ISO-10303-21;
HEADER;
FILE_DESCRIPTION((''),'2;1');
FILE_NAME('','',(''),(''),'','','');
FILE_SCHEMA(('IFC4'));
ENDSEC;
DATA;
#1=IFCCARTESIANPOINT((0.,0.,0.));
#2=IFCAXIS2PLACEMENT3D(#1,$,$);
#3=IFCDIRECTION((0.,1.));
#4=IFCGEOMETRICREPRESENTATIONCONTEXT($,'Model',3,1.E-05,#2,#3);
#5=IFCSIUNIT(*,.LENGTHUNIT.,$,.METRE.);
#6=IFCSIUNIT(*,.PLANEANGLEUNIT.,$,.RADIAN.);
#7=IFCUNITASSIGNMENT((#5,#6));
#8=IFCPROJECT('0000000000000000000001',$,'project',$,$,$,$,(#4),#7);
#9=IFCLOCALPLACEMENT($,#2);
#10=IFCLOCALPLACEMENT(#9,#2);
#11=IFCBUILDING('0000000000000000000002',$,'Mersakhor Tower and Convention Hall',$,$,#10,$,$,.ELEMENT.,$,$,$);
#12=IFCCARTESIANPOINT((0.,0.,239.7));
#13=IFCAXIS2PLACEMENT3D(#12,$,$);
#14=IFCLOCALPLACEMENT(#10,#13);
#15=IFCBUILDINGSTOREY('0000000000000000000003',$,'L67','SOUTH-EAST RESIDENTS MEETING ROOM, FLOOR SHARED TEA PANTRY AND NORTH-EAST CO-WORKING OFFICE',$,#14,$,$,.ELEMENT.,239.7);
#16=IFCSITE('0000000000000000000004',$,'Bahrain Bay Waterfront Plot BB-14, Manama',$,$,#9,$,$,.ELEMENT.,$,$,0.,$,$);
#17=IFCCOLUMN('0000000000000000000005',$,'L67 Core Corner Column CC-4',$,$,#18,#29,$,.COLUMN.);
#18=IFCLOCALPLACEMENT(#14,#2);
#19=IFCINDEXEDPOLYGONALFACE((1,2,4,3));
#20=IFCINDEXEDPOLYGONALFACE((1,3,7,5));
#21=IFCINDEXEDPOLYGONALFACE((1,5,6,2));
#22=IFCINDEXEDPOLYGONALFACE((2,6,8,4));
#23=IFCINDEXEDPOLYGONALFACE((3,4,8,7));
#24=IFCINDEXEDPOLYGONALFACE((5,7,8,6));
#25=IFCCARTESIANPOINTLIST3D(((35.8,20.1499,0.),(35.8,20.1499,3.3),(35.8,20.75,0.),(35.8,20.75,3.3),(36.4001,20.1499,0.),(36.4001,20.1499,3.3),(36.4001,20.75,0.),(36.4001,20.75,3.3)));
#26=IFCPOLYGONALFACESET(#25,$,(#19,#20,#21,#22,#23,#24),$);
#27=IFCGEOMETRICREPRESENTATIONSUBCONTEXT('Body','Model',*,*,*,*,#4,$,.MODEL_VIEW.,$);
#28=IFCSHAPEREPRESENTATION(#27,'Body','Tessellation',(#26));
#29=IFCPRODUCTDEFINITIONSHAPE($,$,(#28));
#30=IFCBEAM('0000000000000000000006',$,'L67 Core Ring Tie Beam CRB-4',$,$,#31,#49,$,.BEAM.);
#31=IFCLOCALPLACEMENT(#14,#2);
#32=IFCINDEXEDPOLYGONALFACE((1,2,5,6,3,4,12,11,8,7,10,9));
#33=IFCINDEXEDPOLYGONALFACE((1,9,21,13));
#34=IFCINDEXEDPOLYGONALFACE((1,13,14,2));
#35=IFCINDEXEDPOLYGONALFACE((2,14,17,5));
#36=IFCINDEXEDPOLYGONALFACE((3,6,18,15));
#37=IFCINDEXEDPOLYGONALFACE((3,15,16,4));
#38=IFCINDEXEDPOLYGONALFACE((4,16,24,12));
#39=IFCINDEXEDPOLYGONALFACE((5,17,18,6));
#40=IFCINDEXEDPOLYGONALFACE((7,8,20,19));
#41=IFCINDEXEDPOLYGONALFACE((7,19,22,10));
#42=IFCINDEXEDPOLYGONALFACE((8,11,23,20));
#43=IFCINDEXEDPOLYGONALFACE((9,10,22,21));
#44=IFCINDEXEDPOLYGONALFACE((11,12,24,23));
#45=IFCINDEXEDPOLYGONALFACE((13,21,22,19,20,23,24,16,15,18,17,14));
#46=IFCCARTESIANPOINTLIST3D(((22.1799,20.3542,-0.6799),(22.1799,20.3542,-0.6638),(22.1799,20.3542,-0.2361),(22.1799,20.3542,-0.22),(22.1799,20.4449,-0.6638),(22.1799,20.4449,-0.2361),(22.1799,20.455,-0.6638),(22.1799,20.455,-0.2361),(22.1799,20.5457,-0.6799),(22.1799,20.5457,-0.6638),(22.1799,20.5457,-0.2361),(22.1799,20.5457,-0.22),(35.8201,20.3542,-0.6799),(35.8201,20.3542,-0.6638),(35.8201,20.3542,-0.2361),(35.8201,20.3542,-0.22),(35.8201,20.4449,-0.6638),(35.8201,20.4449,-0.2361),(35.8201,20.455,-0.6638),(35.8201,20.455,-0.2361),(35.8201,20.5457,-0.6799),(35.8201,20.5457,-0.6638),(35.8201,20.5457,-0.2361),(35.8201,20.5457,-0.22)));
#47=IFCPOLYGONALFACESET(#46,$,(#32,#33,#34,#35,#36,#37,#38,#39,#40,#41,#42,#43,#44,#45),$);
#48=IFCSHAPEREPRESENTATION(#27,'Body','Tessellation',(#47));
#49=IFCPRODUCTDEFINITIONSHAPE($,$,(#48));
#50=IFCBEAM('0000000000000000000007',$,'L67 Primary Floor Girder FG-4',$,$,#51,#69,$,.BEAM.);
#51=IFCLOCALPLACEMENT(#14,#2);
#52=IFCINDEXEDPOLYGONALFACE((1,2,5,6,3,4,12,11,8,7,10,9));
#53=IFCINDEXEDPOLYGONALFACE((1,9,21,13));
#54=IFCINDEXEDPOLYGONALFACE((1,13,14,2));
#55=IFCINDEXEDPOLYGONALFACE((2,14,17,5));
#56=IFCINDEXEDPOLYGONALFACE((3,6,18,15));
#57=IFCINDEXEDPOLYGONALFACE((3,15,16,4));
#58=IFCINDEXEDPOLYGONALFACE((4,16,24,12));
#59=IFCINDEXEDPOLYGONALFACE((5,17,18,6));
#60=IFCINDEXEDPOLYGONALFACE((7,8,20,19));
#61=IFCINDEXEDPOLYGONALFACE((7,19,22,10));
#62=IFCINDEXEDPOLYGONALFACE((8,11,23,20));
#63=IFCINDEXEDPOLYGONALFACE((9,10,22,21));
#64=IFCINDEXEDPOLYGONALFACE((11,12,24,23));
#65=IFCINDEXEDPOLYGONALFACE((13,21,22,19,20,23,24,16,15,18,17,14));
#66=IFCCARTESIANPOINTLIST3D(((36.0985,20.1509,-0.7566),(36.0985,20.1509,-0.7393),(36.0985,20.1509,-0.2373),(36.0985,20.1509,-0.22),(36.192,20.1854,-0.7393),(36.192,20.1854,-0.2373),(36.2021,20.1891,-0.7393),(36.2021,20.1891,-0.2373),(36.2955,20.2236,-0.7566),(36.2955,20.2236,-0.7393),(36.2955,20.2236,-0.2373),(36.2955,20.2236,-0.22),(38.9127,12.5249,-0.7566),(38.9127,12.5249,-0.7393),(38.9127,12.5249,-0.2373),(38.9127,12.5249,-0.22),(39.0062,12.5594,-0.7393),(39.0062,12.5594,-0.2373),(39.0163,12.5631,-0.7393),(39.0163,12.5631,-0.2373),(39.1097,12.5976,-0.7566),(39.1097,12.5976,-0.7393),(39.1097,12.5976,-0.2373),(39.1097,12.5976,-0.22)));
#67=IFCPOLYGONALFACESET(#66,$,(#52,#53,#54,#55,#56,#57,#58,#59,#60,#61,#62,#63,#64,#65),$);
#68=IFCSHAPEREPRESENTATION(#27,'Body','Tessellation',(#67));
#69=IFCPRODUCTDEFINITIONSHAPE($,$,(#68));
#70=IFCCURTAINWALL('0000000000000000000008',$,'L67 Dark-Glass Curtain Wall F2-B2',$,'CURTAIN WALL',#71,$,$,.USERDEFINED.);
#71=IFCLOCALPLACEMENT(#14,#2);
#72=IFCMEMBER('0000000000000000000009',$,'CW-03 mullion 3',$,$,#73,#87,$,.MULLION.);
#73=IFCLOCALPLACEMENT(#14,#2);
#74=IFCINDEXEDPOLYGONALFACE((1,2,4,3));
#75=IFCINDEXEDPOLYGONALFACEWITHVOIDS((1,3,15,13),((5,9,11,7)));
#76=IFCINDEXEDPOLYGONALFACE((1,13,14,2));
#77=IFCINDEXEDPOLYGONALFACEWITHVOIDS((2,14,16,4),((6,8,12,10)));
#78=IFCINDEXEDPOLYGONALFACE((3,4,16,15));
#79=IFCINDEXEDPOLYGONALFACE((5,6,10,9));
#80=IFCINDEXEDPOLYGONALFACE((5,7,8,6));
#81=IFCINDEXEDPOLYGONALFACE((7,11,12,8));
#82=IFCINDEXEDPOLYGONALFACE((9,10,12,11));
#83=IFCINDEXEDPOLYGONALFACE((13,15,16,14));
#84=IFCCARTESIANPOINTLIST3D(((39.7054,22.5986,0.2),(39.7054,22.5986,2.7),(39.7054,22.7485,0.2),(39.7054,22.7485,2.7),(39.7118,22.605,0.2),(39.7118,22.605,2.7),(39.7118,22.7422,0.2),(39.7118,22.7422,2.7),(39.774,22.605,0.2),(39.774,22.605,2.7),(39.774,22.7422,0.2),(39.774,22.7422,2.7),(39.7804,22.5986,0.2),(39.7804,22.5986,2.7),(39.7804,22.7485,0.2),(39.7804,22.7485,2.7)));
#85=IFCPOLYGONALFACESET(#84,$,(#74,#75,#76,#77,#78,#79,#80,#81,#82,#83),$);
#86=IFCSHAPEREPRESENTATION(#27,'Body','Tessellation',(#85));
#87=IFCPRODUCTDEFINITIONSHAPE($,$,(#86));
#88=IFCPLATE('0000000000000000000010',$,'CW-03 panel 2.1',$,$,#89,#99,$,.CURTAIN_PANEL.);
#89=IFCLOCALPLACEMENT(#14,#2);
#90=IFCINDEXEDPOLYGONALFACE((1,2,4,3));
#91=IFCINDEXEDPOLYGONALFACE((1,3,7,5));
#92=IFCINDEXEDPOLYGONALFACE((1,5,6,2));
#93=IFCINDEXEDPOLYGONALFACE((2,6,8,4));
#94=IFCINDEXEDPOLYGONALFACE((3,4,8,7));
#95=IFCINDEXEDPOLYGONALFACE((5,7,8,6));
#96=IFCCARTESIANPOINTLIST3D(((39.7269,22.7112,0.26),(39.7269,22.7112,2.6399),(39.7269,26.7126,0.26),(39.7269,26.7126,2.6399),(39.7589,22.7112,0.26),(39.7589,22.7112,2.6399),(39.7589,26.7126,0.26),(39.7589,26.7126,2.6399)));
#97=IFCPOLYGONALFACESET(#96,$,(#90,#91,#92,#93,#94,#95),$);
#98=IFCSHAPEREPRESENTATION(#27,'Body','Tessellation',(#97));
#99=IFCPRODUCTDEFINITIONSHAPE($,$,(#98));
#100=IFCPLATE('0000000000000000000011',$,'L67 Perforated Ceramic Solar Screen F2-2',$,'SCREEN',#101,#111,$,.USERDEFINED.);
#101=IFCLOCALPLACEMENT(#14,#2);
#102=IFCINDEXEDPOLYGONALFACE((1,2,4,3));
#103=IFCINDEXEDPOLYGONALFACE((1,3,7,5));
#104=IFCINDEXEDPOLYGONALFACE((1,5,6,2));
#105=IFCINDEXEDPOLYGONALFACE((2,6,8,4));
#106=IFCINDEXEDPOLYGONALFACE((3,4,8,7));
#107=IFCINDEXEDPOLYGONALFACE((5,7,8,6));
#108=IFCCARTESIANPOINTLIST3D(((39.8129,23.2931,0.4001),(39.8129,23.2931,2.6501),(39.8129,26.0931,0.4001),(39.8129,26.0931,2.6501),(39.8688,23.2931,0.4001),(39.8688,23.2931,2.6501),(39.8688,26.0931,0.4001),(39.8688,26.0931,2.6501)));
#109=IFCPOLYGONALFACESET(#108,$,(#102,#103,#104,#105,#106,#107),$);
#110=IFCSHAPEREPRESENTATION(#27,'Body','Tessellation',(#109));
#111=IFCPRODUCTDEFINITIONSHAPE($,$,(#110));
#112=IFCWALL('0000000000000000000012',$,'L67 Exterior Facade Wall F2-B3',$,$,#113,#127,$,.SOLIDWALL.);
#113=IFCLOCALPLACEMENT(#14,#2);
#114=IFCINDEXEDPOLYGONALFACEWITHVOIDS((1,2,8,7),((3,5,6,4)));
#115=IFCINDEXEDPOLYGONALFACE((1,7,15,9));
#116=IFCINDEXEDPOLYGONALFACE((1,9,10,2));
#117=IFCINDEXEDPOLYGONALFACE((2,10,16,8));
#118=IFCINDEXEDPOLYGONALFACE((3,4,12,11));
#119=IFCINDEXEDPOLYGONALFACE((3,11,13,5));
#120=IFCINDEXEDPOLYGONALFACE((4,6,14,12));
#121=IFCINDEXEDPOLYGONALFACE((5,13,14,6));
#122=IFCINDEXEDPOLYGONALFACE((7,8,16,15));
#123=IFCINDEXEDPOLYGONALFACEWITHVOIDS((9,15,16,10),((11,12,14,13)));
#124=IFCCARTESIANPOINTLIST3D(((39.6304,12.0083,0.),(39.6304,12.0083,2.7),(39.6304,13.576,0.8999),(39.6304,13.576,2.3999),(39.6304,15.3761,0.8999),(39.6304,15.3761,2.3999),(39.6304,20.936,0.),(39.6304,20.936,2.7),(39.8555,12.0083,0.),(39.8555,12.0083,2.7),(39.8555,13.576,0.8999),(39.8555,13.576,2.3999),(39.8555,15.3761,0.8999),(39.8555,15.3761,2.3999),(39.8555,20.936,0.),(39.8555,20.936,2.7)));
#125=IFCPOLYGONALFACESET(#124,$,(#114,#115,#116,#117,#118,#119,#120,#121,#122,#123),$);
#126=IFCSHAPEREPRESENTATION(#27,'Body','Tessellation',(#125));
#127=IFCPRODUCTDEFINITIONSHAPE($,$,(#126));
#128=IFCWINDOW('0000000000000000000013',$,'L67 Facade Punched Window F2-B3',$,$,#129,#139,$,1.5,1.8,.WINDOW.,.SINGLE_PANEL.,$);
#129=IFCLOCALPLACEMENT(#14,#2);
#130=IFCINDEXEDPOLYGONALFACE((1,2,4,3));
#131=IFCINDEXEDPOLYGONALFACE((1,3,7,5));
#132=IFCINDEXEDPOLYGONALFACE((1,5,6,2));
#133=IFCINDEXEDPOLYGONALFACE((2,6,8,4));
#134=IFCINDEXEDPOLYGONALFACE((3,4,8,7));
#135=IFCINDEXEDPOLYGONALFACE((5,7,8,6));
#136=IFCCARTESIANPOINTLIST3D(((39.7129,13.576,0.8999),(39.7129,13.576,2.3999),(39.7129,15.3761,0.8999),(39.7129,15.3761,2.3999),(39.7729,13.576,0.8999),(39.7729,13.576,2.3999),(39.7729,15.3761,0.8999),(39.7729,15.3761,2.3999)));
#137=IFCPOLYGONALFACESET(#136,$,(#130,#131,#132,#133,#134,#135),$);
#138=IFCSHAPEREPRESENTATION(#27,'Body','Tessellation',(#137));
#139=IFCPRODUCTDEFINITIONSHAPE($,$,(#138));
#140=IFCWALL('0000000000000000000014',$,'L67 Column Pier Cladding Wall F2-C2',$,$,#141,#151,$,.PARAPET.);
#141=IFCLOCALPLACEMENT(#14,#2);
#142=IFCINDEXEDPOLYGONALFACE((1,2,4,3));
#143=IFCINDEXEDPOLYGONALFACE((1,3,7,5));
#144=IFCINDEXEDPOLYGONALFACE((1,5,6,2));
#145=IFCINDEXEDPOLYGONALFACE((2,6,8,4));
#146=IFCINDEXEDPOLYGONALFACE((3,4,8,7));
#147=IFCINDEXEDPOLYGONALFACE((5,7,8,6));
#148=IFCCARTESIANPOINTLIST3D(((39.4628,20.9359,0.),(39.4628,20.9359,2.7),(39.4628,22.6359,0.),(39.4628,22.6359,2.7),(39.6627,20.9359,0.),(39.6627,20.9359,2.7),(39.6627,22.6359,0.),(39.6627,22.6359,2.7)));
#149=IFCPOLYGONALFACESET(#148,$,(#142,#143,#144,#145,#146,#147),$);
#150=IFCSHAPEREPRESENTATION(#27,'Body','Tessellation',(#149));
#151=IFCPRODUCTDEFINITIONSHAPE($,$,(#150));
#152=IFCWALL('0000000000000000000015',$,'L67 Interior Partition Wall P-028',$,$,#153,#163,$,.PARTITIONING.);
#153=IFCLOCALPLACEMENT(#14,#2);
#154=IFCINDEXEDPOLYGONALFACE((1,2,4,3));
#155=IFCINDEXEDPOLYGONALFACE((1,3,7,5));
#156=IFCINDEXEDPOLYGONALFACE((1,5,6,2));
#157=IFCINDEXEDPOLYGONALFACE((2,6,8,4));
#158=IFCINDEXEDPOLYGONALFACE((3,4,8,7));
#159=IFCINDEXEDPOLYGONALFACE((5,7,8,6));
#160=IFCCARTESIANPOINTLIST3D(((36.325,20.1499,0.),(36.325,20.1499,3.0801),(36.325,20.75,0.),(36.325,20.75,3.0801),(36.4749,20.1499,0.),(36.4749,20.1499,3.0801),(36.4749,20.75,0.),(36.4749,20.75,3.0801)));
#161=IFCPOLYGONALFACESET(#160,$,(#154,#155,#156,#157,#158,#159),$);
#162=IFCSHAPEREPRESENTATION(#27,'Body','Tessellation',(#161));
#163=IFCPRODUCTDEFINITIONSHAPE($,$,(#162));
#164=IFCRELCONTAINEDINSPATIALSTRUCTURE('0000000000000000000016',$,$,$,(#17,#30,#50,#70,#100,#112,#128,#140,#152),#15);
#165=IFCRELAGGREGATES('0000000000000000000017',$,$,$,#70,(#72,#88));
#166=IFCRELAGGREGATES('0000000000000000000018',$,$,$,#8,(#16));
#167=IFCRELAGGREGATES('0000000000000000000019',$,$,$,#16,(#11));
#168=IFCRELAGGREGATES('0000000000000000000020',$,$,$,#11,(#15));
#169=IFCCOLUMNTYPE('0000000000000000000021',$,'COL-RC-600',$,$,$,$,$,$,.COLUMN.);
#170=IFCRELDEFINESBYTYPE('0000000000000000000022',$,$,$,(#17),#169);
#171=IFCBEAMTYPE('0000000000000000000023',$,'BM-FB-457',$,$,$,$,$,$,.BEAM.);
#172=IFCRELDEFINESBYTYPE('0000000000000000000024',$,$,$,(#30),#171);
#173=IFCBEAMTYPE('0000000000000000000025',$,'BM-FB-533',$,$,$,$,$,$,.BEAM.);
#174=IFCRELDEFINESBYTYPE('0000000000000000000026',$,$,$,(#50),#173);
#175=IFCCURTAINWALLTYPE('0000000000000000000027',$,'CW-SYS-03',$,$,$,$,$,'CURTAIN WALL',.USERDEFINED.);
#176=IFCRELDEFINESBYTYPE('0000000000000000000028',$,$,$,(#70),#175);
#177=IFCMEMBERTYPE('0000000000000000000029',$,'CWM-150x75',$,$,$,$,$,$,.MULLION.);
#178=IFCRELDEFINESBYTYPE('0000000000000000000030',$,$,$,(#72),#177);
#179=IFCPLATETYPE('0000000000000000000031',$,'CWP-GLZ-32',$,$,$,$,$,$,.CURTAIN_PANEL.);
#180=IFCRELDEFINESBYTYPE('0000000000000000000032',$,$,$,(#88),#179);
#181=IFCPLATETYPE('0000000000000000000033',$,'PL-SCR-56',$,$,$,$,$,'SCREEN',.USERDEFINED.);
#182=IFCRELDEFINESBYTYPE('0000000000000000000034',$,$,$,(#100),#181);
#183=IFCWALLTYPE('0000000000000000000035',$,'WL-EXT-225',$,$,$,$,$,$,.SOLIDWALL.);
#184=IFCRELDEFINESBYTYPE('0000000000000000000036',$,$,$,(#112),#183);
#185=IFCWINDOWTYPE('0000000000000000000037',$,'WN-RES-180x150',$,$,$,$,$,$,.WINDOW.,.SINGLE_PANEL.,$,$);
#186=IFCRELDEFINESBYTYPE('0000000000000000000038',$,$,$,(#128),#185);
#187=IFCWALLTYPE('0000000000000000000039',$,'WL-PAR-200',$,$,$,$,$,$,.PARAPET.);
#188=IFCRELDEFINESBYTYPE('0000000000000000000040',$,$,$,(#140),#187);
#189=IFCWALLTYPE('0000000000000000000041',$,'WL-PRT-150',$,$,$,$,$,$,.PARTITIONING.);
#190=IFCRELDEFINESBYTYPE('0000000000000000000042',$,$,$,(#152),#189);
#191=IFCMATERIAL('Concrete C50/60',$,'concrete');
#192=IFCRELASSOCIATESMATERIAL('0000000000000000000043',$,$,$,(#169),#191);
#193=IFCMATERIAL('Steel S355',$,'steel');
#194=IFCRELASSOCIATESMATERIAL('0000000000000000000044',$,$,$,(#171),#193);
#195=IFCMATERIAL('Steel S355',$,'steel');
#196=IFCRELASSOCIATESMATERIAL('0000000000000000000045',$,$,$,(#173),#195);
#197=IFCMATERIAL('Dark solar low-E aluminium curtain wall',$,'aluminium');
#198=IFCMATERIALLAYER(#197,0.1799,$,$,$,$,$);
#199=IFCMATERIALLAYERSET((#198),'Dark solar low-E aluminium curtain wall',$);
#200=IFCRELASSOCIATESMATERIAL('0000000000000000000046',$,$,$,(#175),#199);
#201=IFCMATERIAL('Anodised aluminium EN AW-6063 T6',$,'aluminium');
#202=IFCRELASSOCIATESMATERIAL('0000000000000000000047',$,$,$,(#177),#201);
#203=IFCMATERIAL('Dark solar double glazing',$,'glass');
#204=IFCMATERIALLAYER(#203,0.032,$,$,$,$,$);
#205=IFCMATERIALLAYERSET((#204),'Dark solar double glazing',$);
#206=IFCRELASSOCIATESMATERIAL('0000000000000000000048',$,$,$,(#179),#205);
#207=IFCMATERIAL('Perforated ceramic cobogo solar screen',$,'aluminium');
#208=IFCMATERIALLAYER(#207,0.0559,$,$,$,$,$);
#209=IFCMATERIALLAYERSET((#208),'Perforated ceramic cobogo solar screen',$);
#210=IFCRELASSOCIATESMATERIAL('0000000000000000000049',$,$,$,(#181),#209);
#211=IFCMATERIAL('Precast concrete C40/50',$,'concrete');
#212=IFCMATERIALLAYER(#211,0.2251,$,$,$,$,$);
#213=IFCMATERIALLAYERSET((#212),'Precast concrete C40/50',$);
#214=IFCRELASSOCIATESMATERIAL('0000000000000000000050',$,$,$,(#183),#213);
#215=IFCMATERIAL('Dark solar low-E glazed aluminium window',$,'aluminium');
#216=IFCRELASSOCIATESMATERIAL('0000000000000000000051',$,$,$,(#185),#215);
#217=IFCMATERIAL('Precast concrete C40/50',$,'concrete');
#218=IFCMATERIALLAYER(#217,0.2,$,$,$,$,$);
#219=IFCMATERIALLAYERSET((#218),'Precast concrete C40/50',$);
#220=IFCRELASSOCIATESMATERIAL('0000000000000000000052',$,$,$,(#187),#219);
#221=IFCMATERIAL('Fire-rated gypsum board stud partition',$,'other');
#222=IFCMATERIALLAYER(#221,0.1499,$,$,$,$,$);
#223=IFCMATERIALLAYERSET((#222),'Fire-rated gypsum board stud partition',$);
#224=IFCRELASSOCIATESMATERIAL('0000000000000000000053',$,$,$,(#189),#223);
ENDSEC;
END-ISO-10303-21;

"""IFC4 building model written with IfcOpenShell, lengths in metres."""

from ifc_helpers import new_model, si_unit, direction, frame, frame_2d, origin, origin_2d, place, context, subcontext, project, spatial, rectangle, hollow_rectangle, i_section, extrude, material, layer, layer_set, material_profile, profile_set, type_object, element, fill, aggregate, save


model = new_model("IFC4")

# Units and contexts
model_context = context("Model", 3, precision=1e-05, world=origin(), true_north=direction((0.0, 1.0)))
body_context = subcontext(model_context, "Body", "Model", "MODEL_VIEW")
ifc_project = project(units=[si_unit("LENGTHUNIT", "METRE"), si_unit("PLANEANGLEUNIT", "RADIAN")], contexts=[model_context])

# Site, building, storey
site_placement = place(None, origin())
site = spatial("IfcSite", under=ifc_project, at=site_placement, Name="Bahrain Bay Waterfront Plot BB-14, Manama", CompositionType="ELEMENT", RefElevation=0.0)
building_placement = place(site_placement, origin())
building = spatial("IfcBuilding", under=site, at=building_placement, Name="Mersakhor Tower and Convention Hall", CompositionType="ELEMENT")
storey_placement = place(building_placement, frame((0.0, 0.0, 239.7)))
storey = spatial("IfcBuildingStorey", under=building, at=storey_placement, Name="L67", Description="SOUTH-EAST RESIDENTS MEETING ROOM, FLOOR SHARED TEA PANTRY AND NORTH-EAST CO-WORKING OFFICE", CompositionType="ELEMENT", Elevation=239.7)

# Column
ifc_material_1 = material(Name="Concrete C50/60", Category="concrete")
ifc_material_profile_1 = material_profile(ifc_material_1, rectangle(XDim=0.6001, YDim=0.6001, at=origin_2d()), Name="RC 600x600")
ifc_profile_set_1 = profile_set([ifc_material_profile_1], Name="Concrete C50/60")
column_type = type_object("IfcColumnType", Name="COL-RC-600", PredefinedType="COLUMN", material=ifc_profile_set_1)
column_placement = place(storey_placement, frame((36.1001, 20.45, 0.0), z_axis=(0.0, 0.0, 1.0), x_axis=(1.0, 0.0, 0.0)))
element("IfcColumn", 1, at=column_placement, inside=storey, type_object=column_type, Name="L67 Core Corner Column CC-4", PredefinedType="COLUMN", context=body_context, shape_type="SweptSolid", body=[
    extrude(rectangle(XDim=0.6001, YDim=0.6001, at=origin_2d()), origin(), (0.0, 0.0, 1.0), 3.3),
])

# Beams
ifc_material_2 = material(Name="Steel S355", Category="steel")
ifc_material_profile_2 = material_profile(ifc_material_2, i_section(OverallWidth=0.1914, OverallDepth=0.46, WebThickness=0.01, FlangeThickness=0.0161, at=origin_2d()), Name="UB 457x191x82")
ifc_profile_set_2 = profile_set([ifc_material_profile_2], Name="Steel S355")
beam_type_1 = type_object("IfcBeamType", Name="BM-FB-457", PredefinedType="BEAM", material=ifc_profile_set_2)
beam_1_placement = place(storey_placement, frame((35.8201, 20.45, -0.45), z_axis=(-1.0, 0.0, 0.0), x_axis=(0.0, -1.0, 0.0)))
element("IfcBeam", 2, at=beam_1_placement, inside=storey, type_object=beam_type_1, Name="L67 Core Ring Tie Beam CRB-4", PredefinedType="BEAM", context=body_context, shape_type="SweptSolid", body=[
    extrude(i_section(OverallWidth=0.1914, OverallDepth=0.46, WebThickness=0.01, FlangeThickness=0.0161, at=origin_2d()), origin(), (0.0, 0.0, 1.0), 13.6401),
])
ifc_material_3 = material(Name="Steel S355", Category="steel")
ifc_material_profile_3 = material_profile(ifc_material_3, i_section(OverallWidth=0.21, OverallDepth=0.5366, WebThickness=0.0107, FlangeThickness=0.0173, at=origin_2d()), Name="UB 533x210x101")
ifc_profile_set_3 = profile_set([ifc_material_profile_3], Name="Steel S355")
beam_type_2 = type_object("IfcBeamType", Name="BM-FB-533", PredefinedType="BEAM", material=ifc_profile_set_3)
beam_2_placement = place(storey_placement, frame((36.197, 20.1873, -0.4883), z_axis=(0.346208, -0.938158, 0.0), x_axis=(0.938158, 0.346208, 0.0)))
element("IfcBeam", 3, at=beam_2_placement, inside=storey, type_object=beam_type_2, Name="L67 Primary Floor Girder FG-4", PredefinedType="BEAM", context=body_context, shape_type="SweptSolid", body=[
    extrude(i_section(OverallWidth=0.21, OverallDepth=0.5366, WebThickness=0.0107, FlangeThickness=0.0173, at=origin_2d()), origin(), (0.0, 0.0, 1.0), 8.1287),
])

# Curtain wall, member, plate
ifc_material_4 = material(Name="Dark solar low-E aluminium curtain wall", Category="aluminium")
ifc_layer_1 = layer(ifc_material_4, 0.1799)
ifc_layer_set_1 = layer_set([ifc_layer_1], Name="Dark solar low-E aluminium curtain wall")
curtain_wall_type = type_object("IfcCurtainWallType", Name="CW-SYS-03", ElementType="CURTAIN WALL", PredefinedType="USERDEFINED", material=ifc_layer_set_1)
curtain_wall_placement = place(storey_placement, origin())
curtain_wall = element("IfcCurtainWall", 4, at=curtain_wall_placement, inside=storey, type_object=curtain_wall_type, Name="L67 Dark-Glass Curtain Wall F2-B2", ObjectType="CURTAIN WALL", PredefinedType="USERDEFINED")
ifc_material_5 = material(Name="Anodised aluminium EN AW-6063 T6", Category="aluminium")
ifc_material_profile_4 = material_profile(ifc_material_5, hollow_rectangle(XDim=0.075, YDim=0.1499, WallThickness=0.0063, at=origin_2d()), Name="RHS 150x75x6.3")
ifc_profile_set_4 = profile_set([ifc_material_profile_4], Name="Anodised aluminium EN AW-6063 T6")
member_type = type_object("IfcMemberType", Name="CWM-150x75", PredefinedType="MULLION", material=ifc_profile_set_4)
member_placement = place(storey_placement, frame((39.7429, 22.6736, 0.2), z_axis=(0.0, 0.0, 1.0), x_axis=(1.0, 0.0, 0.0)))
member = element("IfcMember", 5, at=member_placement, type_object=member_type, Name="CW-03 mullion 3", PredefinedType="MULLION", context=body_context, shape_type="SweptSolid", body=[
    extrude(hollow_rectangle(XDim=0.075, YDim=0.1499, WallThickness=0.0063, at=origin_2d()), origin(), (0.0, 0.0, 1.0), 2.5),
])
ifc_material_6 = material(Name="Dark solar double glazing", Category="glass")
ifc_layer_2 = layer(ifc_material_6, 0.032)
ifc_layer_set_2 = layer_set([ifc_layer_2], Name="Dark solar double glazing")
plate_type_1 = type_object("IfcPlateType", Name="CWP-GLZ-32", PredefinedType="CURTAIN_PANEL", material=ifc_layer_set_2)
plate_1_placement = place(storey_placement, frame((39.7429, 24.7119, 0.26), z_axis=(0.0, 0.0, 1.0), x_axis=(0.0, -1.0, 0.0)))
plate_1 = element("IfcPlate", 6, at=plate_1_placement, type_object=plate_type_1, Name="CW-03 panel 2.1", PredefinedType="CURTAIN_PANEL", context=body_context, shape_type="SweptSolid", body=[
    extrude(rectangle(XDim=4.0015, YDim=0.032, at=origin_2d()), origin(), (0.0, 0.0, 1.0), 2.3799),
])
aggregate(curtain_wall, [member, plate_1])

# Plate
ifc_material_7 = material(Name="Perforated ceramic cobogo solar screen", Category="aluminium")
ifc_layer_3 = layer(ifc_material_7, 0.0559)
ifc_layer_set_3 = layer_set([ifc_layer_3], Name="Perforated ceramic cobogo solar screen")
plate_type_2 = type_object("IfcPlateType", Name="PL-SCR-56", ElementType="SCREEN", PredefinedType="USERDEFINED", material=ifc_layer_set_3)
plate_2_placement = place(storey_placement, frame((39.8408, 24.6931, 0.4001), z_axis=(0.0, 0.0, 1.0), x_axis=(0.0, -1.0, 0.0)))
element("IfcPlate", 7, at=plate_2_placement, inside=storey, type_object=plate_type_2, Name="L67 Perforated Ceramic Solar Screen F2-2", ObjectType="SCREEN", PredefinedType="USERDEFINED", context=body_context, shape_type="SweptSolid", body=[
    extrude(rectangle(XDim=2.8, YDim=0.0559, at=origin_2d()), origin(), (0.0, 0.0, 1.0), 2.25),
])

# Wall, opening, window
ifc_material_8 = material(Name="Precast concrete C40/50", Category="concrete")
ifc_layer_4 = layer(ifc_material_8, 0.2251)
ifc_layer_set_4 = layer_set([ifc_layer_4], Name="Precast concrete C40/50")
wall_type_1 = type_object("IfcWallType", Name="WL-EXT-225", PredefinedType="SOLIDWALL", material=ifc_layer_set_4)
wall_1_placement = place(storey_placement, frame((39.7429, 20.936, 0.0), z_axis=(0.0, 0.0, 1.0), x_axis=(0.0, -1.0, 0.0)))
wall_1 = element("IfcWall", 8, at=wall_1_placement, inside=storey, type_object=wall_type_1, Name="L67 Exterior Facade Wall F2-B3", PredefinedType="SOLIDWALL", context=body_context, shape_type="SweptSolid", body=[
    extrude(rectangle(XDim=8.9277, YDim=0.2251, at=frame_2d((4.4639, 0.0))), origin(), (0.0, 0.0, 1.0), 2.7),
])
opening_1_placement = place(wall_1_placement, frame((5.5601, 0.0, 0.8999)))
opening_1 = element("IfcOpeningElement", 9, at=opening_1_placement, cuts=wall_1, PredefinedType="OPENING", context=body_context, shape_type="SweptSolid", body=[
    extrude(rectangle(XDim=1.8, YDim=1.5, at=frame_2d((0.8999, 0.75))), frame((0.0, 0.1226, 0.0), z_axis=(0.0, -1.0, 0.0), x_axis=(1.0, 0.0, 0.0)), (0.0, 0.0, 1.0), 0.2451),
])
ifc_material_9 = material(Name="Dark solar low-E glazed aluminium window", Category="aluminium")
window_type = type_object("IfcWindowType", Name="WN-RES-180x150", PartitioningType="SINGLE_PANEL", PredefinedType="WINDOW", material=ifc_material_9)
window_placement = place(opening_1_placement, origin())
window = element("IfcWindow", 10, at=window_placement, inside=storey, type_object=window_type, Name="L67 Facade Punched Window F2-B3", OverallHeight=1.5, OverallWidth=1.8, PartitioningType="SINGLE_PANEL", PredefinedType="WINDOW", context=body_context, shape_type="SweptSolid", body=[
    extrude(rectangle(XDim=1.8, YDim=1.5, at=frame_2d((0.8999, 0.75))), frame((0.0, 0.03, 0.0), z_axis=(0.0, -1.0, 0.0), x_axis=(1.0, 0.0, 0.0)), (0.0, 0.0, 1.0), 0.0601),
])
fill(opening_1, window)

# Walls
ifc_material_10 = material(Name="Precast concrete C40/50", Category="concrete")
ifc_layer_5 = layer(ifc_material_10, 0.2)
ifc_layer_set_5 = layer_set([ifc_layer_5], Name="Precast concrete C40/50")
wall_type_2 = type_object("IfcWallType", Name="WL-PAR-200", PredefinedType="PARAPET", material=ifc_layer_set_5)
wall_2_placement = place(storey_placement, frame((39.5627, 22.636, 0.0), z_axis=(0.0, 0.0, 1.0), x_axis=(0.0, -1.0, 0.0)))
element("IfcWall", 11, at=wall_2_placement, inside=storey, type_object=wall_type_2, Name="L67 Column Pier Cladding Wall F2-C2", PredefinedType="PARAPET", context=body_context, shape_type="SweptSolid", body=[
    extrude(rectangle(XDim=1.7, YDim=0.2, at=frame_2d((0.8501, 0.0))), origin(), (0.0, 0.0, 1.0), 2.7),
])
ifc_material_11 = material(Name="Fire-rated gypsum board stud partition", Category="other")
ifc_layer_6 = layer(ifc_material_11, 0.1499)
ifc_layer_set_6 = layer_set([ifc_layer_6], Name="Fire-rated gypsum board stud partition")
wall_type_3 = type_object("IfcWallType", Name="WL-PRT-150", PredefinedType="PARTITIONING", material=ifc_layer_set_6)
wall_3_placement = place(storey_placement, frame((36.3999, 20.1499, 0.0), z_axis=(0.0, 0.0, 1.0), x_axis=(0.0, 1.0, 0.0)))
element("IfcWall", 12, at=wall_3_placement, inside=storey, type_object=wall_type_3, Name="L67 Interior Partition Wall P-028", PredefinedType="PARTITIONING", context=body_context, shape_type="SweptSolid", body=[
    extrude(rectangle(XDim=0.6001, YDim=0.1499, at=frame_2d((0.3, 0.0))), origin(), (0.0, 0.0, 1.0), 3.0801),
])

save(model, "model.ifc")
